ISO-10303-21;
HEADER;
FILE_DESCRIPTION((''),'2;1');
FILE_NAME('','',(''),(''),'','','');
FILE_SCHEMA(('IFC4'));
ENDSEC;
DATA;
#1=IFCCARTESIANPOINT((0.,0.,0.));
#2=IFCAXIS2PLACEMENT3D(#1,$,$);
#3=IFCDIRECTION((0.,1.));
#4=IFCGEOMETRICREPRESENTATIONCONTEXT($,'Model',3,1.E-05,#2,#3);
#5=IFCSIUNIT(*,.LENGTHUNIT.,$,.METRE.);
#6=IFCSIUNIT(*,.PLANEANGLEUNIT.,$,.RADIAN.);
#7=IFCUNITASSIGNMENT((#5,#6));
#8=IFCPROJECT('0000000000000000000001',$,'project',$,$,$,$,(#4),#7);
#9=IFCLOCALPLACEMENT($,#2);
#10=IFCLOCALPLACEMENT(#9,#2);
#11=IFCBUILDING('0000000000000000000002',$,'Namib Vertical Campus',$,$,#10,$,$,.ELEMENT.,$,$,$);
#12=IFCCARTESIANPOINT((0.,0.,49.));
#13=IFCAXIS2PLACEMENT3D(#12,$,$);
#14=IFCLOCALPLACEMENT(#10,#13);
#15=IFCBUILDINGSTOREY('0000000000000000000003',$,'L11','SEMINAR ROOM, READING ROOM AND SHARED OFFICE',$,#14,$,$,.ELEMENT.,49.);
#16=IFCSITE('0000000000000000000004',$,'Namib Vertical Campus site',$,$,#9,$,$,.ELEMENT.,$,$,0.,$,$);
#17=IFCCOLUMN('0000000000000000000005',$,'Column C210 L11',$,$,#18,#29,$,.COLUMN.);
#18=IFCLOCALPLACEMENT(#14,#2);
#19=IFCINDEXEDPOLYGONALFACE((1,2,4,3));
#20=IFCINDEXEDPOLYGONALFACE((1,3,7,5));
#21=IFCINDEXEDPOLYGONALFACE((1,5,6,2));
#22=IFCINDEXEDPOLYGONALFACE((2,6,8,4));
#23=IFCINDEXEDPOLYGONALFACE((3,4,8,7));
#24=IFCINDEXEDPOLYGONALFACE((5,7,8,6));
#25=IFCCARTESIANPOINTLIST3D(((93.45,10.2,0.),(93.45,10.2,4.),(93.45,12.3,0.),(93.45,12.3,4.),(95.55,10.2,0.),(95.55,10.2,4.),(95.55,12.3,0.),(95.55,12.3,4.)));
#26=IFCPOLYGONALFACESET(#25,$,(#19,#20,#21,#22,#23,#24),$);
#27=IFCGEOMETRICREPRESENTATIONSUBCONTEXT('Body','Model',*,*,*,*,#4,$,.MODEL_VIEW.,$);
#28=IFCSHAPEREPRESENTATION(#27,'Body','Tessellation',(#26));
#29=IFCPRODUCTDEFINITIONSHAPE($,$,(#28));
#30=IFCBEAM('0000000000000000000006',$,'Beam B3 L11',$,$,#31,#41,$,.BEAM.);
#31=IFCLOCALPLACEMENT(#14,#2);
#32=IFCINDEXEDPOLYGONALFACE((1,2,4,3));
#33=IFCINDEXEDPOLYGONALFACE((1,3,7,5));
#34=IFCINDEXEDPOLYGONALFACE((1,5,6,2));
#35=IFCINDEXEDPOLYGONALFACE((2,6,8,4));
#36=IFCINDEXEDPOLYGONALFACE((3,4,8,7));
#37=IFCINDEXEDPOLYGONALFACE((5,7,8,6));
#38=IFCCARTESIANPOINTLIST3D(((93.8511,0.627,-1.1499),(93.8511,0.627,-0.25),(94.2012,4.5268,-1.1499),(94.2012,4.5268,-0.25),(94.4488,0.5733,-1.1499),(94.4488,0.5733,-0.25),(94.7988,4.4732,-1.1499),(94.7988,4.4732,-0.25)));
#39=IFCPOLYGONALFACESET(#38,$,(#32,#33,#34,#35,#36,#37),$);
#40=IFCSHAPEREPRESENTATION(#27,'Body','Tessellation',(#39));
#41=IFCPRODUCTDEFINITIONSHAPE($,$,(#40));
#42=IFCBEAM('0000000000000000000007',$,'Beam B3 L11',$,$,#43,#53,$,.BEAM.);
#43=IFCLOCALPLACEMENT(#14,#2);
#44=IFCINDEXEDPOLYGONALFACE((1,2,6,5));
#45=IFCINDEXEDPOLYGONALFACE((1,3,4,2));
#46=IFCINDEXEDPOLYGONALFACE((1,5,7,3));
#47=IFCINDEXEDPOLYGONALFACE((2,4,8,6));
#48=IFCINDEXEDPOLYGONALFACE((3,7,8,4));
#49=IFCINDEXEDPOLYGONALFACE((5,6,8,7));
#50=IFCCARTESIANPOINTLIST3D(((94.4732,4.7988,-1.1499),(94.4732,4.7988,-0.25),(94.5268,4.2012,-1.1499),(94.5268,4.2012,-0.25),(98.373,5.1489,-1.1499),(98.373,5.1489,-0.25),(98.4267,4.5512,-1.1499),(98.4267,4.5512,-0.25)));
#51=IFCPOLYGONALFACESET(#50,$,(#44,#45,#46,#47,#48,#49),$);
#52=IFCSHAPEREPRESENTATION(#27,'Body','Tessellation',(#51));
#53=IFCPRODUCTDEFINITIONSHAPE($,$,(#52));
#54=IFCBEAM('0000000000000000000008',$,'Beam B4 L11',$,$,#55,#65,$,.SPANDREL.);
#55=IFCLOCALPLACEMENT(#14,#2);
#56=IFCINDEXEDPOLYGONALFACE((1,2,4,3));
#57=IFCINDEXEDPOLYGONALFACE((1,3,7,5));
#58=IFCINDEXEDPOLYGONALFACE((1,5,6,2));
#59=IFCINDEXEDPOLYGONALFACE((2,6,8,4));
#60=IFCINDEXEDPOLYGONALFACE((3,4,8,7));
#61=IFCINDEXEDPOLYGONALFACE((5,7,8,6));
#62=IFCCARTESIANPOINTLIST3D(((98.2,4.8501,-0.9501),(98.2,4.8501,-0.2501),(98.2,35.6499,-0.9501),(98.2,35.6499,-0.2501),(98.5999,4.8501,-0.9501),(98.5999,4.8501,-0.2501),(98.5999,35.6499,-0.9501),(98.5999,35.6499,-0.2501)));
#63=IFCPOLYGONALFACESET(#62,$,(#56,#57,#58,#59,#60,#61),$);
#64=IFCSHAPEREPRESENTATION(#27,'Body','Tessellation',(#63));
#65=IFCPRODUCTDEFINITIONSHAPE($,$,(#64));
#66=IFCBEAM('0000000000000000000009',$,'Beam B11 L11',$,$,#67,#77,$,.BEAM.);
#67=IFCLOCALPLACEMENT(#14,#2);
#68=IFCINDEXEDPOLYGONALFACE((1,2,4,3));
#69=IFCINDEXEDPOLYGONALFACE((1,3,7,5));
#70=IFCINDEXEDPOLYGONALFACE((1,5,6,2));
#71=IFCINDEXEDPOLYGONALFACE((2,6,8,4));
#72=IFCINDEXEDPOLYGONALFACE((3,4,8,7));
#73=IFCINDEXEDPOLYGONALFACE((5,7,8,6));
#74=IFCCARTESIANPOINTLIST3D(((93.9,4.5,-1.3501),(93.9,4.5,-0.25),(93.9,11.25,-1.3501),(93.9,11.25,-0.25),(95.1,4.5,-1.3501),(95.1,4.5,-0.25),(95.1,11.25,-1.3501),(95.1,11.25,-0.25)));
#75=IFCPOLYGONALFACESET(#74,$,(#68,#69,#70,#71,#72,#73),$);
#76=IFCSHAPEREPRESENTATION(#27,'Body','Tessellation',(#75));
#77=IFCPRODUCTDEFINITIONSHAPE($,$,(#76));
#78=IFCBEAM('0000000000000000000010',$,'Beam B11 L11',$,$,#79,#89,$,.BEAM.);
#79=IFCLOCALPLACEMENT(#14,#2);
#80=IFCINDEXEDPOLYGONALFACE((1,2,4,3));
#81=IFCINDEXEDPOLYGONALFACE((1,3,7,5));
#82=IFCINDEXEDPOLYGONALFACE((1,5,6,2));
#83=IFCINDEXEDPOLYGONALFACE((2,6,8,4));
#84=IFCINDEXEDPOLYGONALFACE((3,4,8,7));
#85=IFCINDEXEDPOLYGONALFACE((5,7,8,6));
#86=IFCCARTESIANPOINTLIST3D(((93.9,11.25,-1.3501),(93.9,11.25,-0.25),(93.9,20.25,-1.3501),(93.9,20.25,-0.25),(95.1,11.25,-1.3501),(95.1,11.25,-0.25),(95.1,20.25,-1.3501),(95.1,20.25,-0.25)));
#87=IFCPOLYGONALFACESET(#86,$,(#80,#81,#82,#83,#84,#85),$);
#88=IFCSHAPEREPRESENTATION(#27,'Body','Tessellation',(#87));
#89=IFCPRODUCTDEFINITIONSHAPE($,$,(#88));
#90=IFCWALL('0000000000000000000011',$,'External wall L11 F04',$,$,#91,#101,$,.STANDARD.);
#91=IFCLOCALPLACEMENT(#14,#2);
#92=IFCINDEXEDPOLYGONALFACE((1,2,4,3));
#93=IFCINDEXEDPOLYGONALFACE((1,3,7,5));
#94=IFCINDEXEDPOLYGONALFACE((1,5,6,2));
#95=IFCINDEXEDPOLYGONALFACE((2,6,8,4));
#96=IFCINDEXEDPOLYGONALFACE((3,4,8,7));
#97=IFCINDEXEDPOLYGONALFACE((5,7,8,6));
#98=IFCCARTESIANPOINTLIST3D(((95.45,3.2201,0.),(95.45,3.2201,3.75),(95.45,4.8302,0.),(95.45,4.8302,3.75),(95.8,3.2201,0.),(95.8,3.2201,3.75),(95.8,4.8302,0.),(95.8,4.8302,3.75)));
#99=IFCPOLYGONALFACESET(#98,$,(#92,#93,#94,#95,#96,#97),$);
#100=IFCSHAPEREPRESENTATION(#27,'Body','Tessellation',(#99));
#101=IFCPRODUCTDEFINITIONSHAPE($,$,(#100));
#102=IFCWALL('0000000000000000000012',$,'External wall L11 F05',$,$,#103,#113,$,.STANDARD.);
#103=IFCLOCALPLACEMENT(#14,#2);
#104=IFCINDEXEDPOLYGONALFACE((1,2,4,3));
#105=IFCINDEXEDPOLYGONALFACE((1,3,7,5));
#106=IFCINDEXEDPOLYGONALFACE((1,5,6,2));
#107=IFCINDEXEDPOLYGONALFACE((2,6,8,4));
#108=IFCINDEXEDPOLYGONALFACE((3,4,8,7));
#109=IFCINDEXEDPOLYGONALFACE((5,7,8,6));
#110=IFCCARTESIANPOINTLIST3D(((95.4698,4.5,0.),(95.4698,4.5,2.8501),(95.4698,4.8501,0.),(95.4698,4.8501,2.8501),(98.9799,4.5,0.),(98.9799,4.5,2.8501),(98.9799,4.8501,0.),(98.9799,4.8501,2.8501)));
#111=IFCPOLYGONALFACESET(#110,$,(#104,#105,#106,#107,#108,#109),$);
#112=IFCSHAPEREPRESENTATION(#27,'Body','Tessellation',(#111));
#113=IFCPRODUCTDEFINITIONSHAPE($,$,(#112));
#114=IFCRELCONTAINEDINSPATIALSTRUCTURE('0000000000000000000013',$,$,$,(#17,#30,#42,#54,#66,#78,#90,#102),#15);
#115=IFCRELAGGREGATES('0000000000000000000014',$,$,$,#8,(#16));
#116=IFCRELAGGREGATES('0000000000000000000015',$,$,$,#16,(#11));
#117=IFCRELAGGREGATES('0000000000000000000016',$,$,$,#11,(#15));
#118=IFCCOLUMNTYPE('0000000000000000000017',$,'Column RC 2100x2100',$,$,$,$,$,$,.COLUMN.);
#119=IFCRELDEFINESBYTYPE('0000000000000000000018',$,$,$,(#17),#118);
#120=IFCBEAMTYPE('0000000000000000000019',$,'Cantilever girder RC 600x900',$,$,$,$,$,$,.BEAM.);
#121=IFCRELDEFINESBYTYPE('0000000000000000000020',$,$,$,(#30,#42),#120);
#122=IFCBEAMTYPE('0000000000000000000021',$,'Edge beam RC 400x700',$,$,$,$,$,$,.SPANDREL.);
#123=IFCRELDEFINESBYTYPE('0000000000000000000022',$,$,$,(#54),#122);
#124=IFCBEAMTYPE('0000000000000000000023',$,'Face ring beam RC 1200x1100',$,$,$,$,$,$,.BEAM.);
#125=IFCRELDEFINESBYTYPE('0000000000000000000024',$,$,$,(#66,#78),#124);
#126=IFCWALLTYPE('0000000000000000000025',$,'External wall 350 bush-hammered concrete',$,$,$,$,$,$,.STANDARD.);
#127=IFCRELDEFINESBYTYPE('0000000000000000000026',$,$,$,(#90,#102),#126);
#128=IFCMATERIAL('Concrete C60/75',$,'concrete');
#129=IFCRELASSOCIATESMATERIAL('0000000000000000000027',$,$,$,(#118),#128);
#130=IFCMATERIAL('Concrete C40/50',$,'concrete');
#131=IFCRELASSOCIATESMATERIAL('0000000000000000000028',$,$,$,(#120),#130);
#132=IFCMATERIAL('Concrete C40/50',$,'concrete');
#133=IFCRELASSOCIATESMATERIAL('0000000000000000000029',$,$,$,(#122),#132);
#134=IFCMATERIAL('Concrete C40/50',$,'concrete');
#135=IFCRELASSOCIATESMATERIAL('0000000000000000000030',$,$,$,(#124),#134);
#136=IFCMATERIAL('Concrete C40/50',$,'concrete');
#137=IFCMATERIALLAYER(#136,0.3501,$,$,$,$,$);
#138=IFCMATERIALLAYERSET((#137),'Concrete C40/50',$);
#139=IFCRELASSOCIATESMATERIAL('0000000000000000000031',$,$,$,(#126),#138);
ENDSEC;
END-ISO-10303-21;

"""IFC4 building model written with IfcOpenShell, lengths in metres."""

from ifc_helpers import new_model, si_unit, direction, frame, frame_2d, origin, origin_2d, place, context, subcontext, project, spatial, rectangle, extrude, material, layer, layer_set, material_profile, profile_set, type_object, element, save


model = new_model("IFC4")

# Units and contexts
model_context = context("Model", 3, precision=1e-05, world=origin(), true_north=direction((0.0, 1.0)))
body_context = subcontext(model_context, "Body", "Model", "MODEL_VIEW")
ifc_project = project(units=[si_unit("LENGTHUNIT", "METRE"), si_unit("PLANEANGLEUNIT", "RADIAN")], contexts=[model_context])

# Site, building, storey
site_placement = place(None, origin())
site = spatial("IfcSite", under=ifc_project, at=site_placement, Name="Namib Vertical Campus site", CompositionType="ELEMENT", RefElevation=0.0)
building_placement = place(site_placement, origin())
building = spatial("IfcBuilding", under=site, at=building_placement, Name="Namib Vertical Campus", CompositionType="ELEMENT")
storey_placement = place(building_placement, frame((0.0, 0.0, 49.0)))
storey = spatial("IfcBuildingStorey", under=building, at=storey_placement, Name="L11", Description="SEMINAR ROOM, READING ROOM AND SHARED OFFICE", CompositionType="ELEMENT", Elevation=49.0)

# Column
ifc_material_1 = material(Name="Concrete C60/75", Category="concrete")
ifc_material_profile_1 = material_profile(ifc_material_1, rectangle(XDim=2.1001, YDim=2.1001, at=origin_2d()))
ifc_profile_set_1 = profile_set([ifc_material_profile_1], Name="Concrete C60/75")
column_type = type_object("IfcColumnType", Name="Column RC 2100x2100", PredefinedType="COLUMN", material=ifc_profile_set_1)
column_placement = place(storey_placement, frame((94.5, 11.25, 0.0), z_axis=(0.0, 0.0, 1.0), x_axis=(1.0, 0.0, 0.0)))
element("IfcColumn", 1, at=column_placement, inside=storey, type_object=column_type, Name="Column C210 L11", PredefinedType="COLUMN", context=body_context, shape_type="SweptSolid", body=[
    extrude(rectangle(XDim=2.1001, YDim=2.1001, at=origin_2d()), origin(), (0.0, 0.0, 1.0), 4.0),
])

# Beams
ifc_material_2 = material(Name="Concrete C40/50", Category="concrete")
ifc_material_profile_2 = material_profile(ifc_material_2, rectangle(XDim=0.6001, YDim=0.8999, at=origin_2d()))
ifc_profile_set_2 = profile_set([ifc_material_profile_2], Name="Concrete C40/50")
beam_type_1 = type_object("IfcBeamType", Name="Cantilever girder RC 600x900", PredefinedType="BEAM", material=ifc_profile_set_2)
for number, where, z_axis, x_axis, name in (
    (2, (94.5, 4.5, -0.7), (-0.089411, -0.995995, 0.0), (0.995995, -0.089411, 0.0), "Beam B3 L11"),
    (3, (94.5, 4.5, -0.7), (0.995995, 0.089411, 0.0), (-0.089411, 0.995995, 0.0), "Beam B3 L11"),
):
    element("IfcBeam", number, at=place(storey_placement, frame(where, z_axis=z_axis, x_axis=x_axis)), inside=storey, type_object=beam_type_1, Name=name, PredefinedType="BEAM", context=body_context, shape_type="SweptSolid", body=[
        extrude(rectangle(XDim=0.6001, YDim=0.8999, at=origin_2d()), origin(), (0.0, 0.0, 1.0), 3.9155),
    ])
ifc_material_3 = material(Name="Concrete C40/50", Category="concrete")
ifc_material_profile_3 = material_profile(ifc_material_3, rectangle(XDim=0.3999, YDim=0.7, at=origin_2d()))
ifc_profile_set_3 = profile_set([ifc_material_profile_3], Name="Concrete C40/50")
beam_type_2 = type_object("IfcBeamType", Name="Edge beam RC 400x700", PredefinedType="SPANDREL", material=ifc_profile_set_3)
beam_1_placement = place(storey_placement, frame((98.3999, 4.8501, -0.6001), z_axis=(0.0, 1.0, 0.0), x_axis=(-1.0, 0.0, 0.0)))
element("IfcBeam", 4, at=beam_1_placement, inside=storey, type_object=beam_type_2, Name="Beam B4 L11", PredefinedType="SPANDREL", context=body_context, shape_type="SweptSolid", body=[
    extrude(rectangle(XDim=0.3999, YDim=0.7, at=origin_2d()), origin(), (0.0, 0.0, 1.0), 30.7998),
])
ifc_material_4 = material(Name="Concrete C40/50", Category="concrete")
ifc_material_profile_4 = material_profile(ifc_material_4, rectangle(XDim=1.2, YDim=1.1001, at=origin_2d()))
ifc_profile_set_4 = profile_set([ifc_material_profile_4], Name="Concrete C40/50")
beam_type_3 = type_object("IfcBeamType", Name="Face ring beam RC 1200x1100", PredefinedType="BEAM", material=ifc_profile_set_4)
beam_2_placement = place(storey_placement, frame((94.5, 4.5, -0.8), z_axis=(0.0, 1.0, 0.0), x_axis=(-1.0, 0.0, 0.0)))
element("IfcBeam", 5, at=beam_2_placement, inside=storey, type_object=beam_type_3, Name="Beam B11 L11", PredefinedType="BEAM", context=body_context, shape_type="SweptSolid", body=[
    extrude(rectangle(XDim=1.2, YDim=1.1001, at=origin_2d()), origin(), (0.0, 0.0, 1.0), 6.75),
])
beam_3_placement = place(storey_placement, frame((94.5, 11.25, -0.8), z_axis=(0.0, 1.0, 0.0), x_axis=(-1.0, 0.0, 0.0)))
element("IfcBeam", 6, at=beam_3_placement, inside=storey, type_object=beam_type_3, Name="Beam B11 L11", PredefinedType="BEAM", context=body_context, shape_type="SweptSolid", body=[
    extrude(rectangle(XDim=1.2, YDim=1.1001, at=origin_2d()), origin(), (0.0, 0.0, 1.0), 9.0),
])

# Walls
ifc_material_5 = material(Name="Concrete C40/50", Category="concrete")
ifc_layer_1 = layer(ifc_material_5, 0.3501)
ifc_layer_set_1 = layer_set([ifc_layer_1], Name="Concrete C40/50")
wall_type = type_object("IfcWallType", Name="External wall 350 bush-hammered concrete", PredefinedType="STANDARD", material=ifc_layer_set_1)
wall_1_placement = place(storey_placement, frame((95.625, 3.22, 0.0), z_axis=(0.0, 0.0, 1.0), x_axis=(0.0, 1.0, 0.0)))
element("IfcWall", 7, at=wall_1_placement, inside=storey, type_object=wall_type, Name="External wall L11 F04", PredefinedType="STANDARD", context=body_context, shape_type="SweptSolid", body=[
    extrude(rectangle(XDim=1.6101, YDim=0.3501, at=frame_2d((0.8052, 0.0))), origin(), (0.0, 0.0, 1.0), 3.75),
])
wall_2_placement = place(storey_placement, frame((95.47, 4.675, 0.0), z_axis=(0.0, 0.0, 1.0), x_axis=(1.0, 0.0, 0.0)))
element("IfcWall", 8, at=wall_2_placement, inside=storey, type_object=wall_type, Name="External wall L11 F05", PredefinedType="STANDARD", context=body_context, shape_type="SweptSolid", body=[
    extrude(rectangle(XDim=3.51, YDim=0.3501, at=frame_2d((1.7549, 0.0))), origin(), (0.0, 0.0, 1.0), 2.8501),
])

save(model, "model.ifc")
